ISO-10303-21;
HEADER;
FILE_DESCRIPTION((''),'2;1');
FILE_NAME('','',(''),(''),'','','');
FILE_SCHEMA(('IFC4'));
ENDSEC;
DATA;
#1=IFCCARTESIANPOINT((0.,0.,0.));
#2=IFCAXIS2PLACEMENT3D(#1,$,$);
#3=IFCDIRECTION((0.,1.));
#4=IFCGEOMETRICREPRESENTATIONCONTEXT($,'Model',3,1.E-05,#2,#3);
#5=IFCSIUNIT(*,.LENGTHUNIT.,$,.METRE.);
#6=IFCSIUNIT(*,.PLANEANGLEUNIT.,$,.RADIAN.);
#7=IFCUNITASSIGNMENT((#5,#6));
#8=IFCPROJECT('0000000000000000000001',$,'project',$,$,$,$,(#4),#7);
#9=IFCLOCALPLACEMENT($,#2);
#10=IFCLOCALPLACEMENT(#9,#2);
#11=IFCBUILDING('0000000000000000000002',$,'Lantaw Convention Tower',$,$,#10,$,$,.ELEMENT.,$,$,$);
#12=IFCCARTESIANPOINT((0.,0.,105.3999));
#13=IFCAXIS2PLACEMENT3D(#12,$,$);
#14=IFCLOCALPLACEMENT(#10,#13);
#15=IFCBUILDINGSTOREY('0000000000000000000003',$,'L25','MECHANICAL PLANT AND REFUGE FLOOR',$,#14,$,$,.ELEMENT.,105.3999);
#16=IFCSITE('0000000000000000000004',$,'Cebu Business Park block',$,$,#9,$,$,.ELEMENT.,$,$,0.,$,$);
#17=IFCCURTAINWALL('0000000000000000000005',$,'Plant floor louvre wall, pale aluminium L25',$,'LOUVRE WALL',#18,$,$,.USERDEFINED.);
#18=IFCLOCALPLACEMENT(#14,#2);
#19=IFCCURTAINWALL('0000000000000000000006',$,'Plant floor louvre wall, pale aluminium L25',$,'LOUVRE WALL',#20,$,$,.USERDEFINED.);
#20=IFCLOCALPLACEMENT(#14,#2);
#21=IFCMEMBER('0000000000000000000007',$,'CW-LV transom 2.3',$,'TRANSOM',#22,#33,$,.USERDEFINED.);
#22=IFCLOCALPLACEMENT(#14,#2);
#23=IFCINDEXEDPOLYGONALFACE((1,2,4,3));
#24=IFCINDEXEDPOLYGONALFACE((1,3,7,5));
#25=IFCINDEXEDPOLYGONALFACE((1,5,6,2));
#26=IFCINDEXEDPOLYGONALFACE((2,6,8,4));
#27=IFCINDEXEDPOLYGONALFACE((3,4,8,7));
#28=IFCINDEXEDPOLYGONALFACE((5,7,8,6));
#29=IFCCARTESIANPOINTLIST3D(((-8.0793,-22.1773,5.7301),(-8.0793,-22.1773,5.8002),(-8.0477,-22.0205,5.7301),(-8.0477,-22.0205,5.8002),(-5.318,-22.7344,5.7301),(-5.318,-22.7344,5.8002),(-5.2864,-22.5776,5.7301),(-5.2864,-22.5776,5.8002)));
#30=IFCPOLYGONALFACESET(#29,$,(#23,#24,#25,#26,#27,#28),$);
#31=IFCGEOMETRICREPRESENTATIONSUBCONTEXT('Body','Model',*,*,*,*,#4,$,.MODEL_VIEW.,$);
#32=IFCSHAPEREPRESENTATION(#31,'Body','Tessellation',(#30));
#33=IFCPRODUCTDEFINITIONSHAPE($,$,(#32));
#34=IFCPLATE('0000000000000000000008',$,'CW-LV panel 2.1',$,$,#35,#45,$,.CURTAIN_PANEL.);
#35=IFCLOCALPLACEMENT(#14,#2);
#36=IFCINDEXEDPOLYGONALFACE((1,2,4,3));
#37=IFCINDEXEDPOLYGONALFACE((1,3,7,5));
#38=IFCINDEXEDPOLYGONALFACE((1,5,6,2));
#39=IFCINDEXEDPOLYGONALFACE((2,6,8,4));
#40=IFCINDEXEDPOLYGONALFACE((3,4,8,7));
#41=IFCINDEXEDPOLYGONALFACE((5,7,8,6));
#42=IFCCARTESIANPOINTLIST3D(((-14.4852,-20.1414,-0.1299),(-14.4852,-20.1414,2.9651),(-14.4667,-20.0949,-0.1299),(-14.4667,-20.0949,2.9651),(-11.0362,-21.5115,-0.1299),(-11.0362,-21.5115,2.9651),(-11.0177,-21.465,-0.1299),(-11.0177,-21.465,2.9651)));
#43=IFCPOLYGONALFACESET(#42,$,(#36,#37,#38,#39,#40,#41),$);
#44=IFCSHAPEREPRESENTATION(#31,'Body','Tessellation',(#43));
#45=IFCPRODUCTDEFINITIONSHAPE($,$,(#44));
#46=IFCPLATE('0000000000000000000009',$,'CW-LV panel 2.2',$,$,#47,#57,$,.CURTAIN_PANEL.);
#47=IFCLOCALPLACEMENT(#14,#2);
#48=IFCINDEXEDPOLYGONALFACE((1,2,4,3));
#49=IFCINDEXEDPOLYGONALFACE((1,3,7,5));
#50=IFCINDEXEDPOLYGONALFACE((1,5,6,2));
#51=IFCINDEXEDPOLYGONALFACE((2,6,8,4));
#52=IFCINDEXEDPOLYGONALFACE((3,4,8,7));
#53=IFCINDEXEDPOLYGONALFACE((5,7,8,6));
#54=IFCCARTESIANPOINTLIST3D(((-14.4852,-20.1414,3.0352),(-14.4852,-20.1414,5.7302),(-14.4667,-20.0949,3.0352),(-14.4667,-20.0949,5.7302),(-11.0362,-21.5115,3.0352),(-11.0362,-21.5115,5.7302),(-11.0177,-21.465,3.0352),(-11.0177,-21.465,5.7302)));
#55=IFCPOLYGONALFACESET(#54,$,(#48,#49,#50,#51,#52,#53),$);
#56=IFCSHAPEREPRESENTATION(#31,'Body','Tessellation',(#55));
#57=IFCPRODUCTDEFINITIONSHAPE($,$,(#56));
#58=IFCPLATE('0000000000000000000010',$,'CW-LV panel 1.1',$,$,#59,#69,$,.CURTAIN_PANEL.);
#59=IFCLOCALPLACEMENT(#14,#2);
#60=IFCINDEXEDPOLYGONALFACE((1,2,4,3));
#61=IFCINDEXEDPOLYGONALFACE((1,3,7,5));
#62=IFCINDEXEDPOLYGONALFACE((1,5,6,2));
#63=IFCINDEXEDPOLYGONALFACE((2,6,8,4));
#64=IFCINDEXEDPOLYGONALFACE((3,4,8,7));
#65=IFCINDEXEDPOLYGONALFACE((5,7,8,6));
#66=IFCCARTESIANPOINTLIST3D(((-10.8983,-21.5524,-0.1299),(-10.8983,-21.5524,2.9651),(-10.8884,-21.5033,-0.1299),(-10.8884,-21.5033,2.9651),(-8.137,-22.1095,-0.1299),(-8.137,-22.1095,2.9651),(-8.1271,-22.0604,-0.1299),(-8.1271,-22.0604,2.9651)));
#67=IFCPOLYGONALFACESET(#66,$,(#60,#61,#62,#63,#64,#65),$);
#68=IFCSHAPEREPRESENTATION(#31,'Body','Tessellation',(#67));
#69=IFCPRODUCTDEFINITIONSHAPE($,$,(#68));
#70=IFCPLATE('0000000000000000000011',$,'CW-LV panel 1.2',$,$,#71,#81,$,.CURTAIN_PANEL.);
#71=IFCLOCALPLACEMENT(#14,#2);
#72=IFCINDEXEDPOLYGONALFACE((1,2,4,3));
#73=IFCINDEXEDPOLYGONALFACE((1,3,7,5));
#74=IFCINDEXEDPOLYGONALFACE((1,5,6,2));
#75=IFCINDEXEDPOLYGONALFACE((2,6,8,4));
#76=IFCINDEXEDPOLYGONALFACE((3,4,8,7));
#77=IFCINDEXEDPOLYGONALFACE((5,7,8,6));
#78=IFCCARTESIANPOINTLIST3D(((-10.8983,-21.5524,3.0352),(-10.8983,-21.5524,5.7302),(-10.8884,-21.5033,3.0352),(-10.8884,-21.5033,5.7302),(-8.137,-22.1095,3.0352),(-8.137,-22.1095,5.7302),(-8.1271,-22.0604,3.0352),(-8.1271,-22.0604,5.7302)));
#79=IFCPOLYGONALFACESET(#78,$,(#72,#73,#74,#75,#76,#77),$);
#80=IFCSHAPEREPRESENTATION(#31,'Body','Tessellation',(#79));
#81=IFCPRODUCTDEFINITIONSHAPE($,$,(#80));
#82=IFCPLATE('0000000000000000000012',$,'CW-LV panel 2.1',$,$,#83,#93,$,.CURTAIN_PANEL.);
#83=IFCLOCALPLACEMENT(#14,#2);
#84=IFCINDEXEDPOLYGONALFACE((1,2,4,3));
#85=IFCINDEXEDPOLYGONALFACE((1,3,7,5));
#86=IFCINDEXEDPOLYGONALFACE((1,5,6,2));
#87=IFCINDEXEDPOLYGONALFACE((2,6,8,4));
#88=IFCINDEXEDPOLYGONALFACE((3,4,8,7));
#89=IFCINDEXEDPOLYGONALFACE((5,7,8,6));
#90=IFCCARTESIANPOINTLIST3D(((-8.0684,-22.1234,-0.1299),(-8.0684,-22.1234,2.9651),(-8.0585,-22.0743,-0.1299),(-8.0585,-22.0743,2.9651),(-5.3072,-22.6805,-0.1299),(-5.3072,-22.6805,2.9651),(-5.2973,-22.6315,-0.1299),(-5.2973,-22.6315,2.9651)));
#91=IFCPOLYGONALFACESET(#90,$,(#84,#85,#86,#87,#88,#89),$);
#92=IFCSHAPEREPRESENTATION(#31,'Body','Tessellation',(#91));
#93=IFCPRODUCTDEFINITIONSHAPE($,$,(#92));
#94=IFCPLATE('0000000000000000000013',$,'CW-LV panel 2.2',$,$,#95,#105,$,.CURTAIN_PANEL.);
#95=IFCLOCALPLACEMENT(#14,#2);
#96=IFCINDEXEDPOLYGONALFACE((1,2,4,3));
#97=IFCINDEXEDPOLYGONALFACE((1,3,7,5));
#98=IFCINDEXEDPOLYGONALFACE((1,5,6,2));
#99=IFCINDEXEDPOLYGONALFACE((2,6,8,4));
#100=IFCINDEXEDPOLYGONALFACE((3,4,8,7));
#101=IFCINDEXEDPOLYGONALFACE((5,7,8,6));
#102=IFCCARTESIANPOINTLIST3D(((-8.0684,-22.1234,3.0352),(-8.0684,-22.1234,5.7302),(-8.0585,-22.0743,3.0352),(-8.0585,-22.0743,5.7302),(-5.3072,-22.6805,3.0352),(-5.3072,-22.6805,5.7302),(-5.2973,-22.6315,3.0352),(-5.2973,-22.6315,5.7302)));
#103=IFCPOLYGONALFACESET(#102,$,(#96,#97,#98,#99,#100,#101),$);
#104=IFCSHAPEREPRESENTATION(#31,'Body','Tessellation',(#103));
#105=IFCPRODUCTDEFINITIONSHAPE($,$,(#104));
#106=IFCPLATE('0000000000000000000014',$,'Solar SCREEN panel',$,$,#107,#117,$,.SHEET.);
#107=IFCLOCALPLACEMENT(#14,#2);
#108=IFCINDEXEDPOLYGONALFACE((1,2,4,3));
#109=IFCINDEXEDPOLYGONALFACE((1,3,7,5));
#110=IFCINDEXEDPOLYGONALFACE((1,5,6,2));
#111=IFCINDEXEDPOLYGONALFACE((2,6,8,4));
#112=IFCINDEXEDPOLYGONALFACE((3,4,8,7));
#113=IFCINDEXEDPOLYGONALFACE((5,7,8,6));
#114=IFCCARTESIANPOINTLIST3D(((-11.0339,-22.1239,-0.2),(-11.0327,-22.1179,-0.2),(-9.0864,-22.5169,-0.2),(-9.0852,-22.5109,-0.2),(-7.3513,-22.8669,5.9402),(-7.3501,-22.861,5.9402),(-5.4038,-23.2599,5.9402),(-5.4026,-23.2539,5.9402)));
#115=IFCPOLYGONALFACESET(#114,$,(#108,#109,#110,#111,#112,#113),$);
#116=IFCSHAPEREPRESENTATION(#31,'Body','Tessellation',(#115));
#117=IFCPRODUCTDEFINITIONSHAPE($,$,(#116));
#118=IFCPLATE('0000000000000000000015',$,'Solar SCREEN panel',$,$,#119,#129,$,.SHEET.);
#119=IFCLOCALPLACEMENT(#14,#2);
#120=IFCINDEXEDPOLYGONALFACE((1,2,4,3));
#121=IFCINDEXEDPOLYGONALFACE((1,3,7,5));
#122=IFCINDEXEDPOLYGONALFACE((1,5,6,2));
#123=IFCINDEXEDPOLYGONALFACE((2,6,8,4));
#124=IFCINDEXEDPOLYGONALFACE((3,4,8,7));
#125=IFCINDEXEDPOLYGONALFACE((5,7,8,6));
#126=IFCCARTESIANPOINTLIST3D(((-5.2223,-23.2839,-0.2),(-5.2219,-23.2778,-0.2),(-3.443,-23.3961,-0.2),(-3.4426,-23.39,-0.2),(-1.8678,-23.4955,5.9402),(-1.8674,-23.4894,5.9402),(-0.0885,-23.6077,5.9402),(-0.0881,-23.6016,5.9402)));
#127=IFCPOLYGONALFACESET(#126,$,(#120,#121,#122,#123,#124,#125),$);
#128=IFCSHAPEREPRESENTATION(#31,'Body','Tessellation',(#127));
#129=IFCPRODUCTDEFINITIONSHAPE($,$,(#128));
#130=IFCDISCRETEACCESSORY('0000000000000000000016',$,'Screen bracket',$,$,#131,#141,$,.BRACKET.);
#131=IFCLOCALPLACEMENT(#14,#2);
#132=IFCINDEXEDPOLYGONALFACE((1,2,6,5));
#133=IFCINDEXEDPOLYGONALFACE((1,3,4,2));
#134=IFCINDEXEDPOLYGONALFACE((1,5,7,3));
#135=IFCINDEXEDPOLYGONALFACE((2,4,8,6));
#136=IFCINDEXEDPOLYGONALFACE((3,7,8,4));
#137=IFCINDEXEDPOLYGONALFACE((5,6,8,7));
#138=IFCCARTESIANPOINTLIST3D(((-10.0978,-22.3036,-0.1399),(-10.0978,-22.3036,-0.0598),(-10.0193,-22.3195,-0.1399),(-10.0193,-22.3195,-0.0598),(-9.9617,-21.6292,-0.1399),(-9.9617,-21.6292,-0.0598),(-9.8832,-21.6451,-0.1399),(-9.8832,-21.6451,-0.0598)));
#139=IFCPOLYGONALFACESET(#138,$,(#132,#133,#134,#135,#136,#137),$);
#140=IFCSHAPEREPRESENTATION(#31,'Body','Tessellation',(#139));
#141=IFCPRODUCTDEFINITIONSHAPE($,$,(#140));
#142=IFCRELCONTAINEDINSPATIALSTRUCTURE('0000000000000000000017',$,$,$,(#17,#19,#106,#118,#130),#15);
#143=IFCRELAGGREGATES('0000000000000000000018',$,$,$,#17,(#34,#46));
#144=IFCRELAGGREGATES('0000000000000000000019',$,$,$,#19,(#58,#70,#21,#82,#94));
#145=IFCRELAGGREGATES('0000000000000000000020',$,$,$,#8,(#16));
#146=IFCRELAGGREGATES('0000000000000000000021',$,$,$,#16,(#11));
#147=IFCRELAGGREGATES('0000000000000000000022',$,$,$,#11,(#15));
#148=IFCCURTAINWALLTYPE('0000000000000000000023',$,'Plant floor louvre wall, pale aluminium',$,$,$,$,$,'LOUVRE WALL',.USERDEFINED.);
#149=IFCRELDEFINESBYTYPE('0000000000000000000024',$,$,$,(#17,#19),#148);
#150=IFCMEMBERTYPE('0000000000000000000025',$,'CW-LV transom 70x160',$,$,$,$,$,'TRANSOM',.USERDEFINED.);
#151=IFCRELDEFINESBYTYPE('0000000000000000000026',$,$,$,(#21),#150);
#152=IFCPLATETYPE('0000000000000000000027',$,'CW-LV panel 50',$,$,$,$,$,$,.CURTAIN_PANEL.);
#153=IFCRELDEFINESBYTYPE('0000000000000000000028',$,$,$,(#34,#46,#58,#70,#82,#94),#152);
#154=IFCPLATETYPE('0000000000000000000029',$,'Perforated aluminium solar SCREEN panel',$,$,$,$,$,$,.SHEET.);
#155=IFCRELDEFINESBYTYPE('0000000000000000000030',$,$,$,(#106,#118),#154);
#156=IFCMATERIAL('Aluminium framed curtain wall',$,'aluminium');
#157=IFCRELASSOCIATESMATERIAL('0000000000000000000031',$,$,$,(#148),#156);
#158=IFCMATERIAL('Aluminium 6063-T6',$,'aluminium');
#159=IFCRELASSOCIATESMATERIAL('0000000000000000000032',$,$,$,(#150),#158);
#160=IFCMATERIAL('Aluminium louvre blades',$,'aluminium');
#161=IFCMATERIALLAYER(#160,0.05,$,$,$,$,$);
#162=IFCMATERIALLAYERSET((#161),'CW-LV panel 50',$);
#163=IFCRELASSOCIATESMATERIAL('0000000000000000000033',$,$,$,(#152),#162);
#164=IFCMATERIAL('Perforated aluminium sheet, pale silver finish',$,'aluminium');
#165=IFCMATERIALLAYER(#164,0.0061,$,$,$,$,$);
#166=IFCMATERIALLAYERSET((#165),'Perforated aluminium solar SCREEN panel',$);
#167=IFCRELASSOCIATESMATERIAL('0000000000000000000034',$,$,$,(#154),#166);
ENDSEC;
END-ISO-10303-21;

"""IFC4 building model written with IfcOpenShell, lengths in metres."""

from ifc_helpers import new_model, si_unit, direction, frame, origin, origin_2d, place, context, subcontext, project, spatial, polyline, rectangle, outline, extrude, material, layer, layer_set, material_profile, profile_set, type_object, element, aggregate, save


model = new_model("IFC4")

# Units and contexts
model_context = context("Model", 3, precision=1e-05, world=origin(), true_north=direction((0.0, 1.0)))
body_context = subcontext(model_context, "Body", "Model", "MODEL_VIEW")
ifc_project = project(units=[si_unit("LENGTHUNIT", "METRE"), si_unit("PLANEANGLEUNIT", "RADIAN")], contexts=[model_context])

# Site, building, storey
site_placement = place(None, origin())
site = spatial("IfcSite", under=ifc_project, at=site_placement, Name="Cebu Business Park block", CompositionType="ELEMENT", RefElevation=0.0)
building_placement = place(site_placement, origin())
building = spatial("IfcBuilding", under=site, at=building_placement, Name="Lantaw Convention Tower", CompositionType="ELEMENT")
storey_placement = place(building_placement, frame((0.0, 0.0, 105.3999)))
storey = spatial("IfcBuildingStorey", under=building, at=storey_placement, Name="L25", Description="MECHANICAL PLANT AND REFUGE FLOOR", CompositionType="ELEMENT", Elevation=105.3999)

# Curtain wall
ifc_material_1 = material(Name="Aluminium framed curtain wall", Category="aluminium")
curtain_wall_type = type_object("IfcCurtainWallType", Name="Plant floor louvre wall, pale aluminium", ElementType="LOUVRE WALL", PredefinedType="USERDEFINED", material=ifc_material_1)
curtain_wall_1_placement = place(storey_placement, origin())
curtain_wall_1 = element("IfcCurtainWall", 1, at=curtain_wall_1_placement, inside=storey, type_object=curtain_wall_type, Name="Plant floor louvre wall, pale aluminium L25", ObjectType="LOUVRE WALL", PredefinedType="USERDEFINED")
ifc_material_2 = material(Name="Aluminium 6063-T6", Category="aluminium")

# Curtain wall, member
curtain_wall_2_placement = place(storey_placement, origin())
curtain_wall_2 = element("IfcCurtainWall", 2, at=curtain_wall_2_placement, inside=storey, type_object=curtain_wall_type, Name="Plant floor louvre wall, pale aluminium L25", ObjectType="LOUVRE WALL", PredefinedType="USERDEFINED")
ifc_material_profile_1 = material_profile(ifc_material_2, rectangle(XDim=0.1599, YDim=0.0701, at=origin_2d()), Name="CW-LV transom 70x160")
ifc_profile_set_1 = profile_set([ifc_material_profile_1], Name="Aluminium 6063-T6")
member_type_1 = type_object("IfcMemberType", Name="CW-LV transom 70x160", ElementType="TRANSOM", PredefinedType="USERDEFINED", material=ifc_profile_set_1)
member_1_placement = place(storey_placement, frame((-8.0635, -22.0989, 5.7651), z_axis=(0.980246, -0.197783, 0.0), x_axis=(0.197783, 0.980246, 0.0)))
member_1 = element("IfcMember", 3, at=member_1_placement, type_object=member_type_1, Name="CW-LV transom 2.3", ObjectType="TRANSOM", PredefinedType="USERDEFINED", context=body_context, shape_type="SweptSolid", body=[
    extrude(rectangle(XDim=0.1599, YDim=0.0701, at=origin_2d()), origin(), (0.0, 0.0, 1.0), 2.8169),
])

# Plates
ifc_material_3 = material(Name="Aluminium louvre blades", Category="aluminium")
ifc_layer_1 = layer(ifc_material_3, 0.05)
ifc_layer_set_1 = layer_set([ifc_layer_1], Name="CW-LV panel 50")
plate_type_1 = type_object("IfcPlateType", Name="CW-LV panel 50", PredefinedType="CURTAIN_PANEL", material=ifc_layer_set_1)
plate_1_placement = place(storey_placement, frame((-12.7515, -20.8032, -0.1299), z_axis=(0.0, 0.0, 1.0), x_axis=(0.929361, -0.369172, 0.0)))
plate_1 = element("IfcPlate", 4, at=plate_1_placement, type_object=plate_type_1, Name="CW-LV panel 2.1", PredefinedType="CURTAIN_PANEL", context=body_context, shape_type="SweptSolid", body=[
    extrude(rectangle(XDim=3.7112, YDim=0.05, at=origin_2d()), origin(), (0.0, 0.0, 1.0), 3.095),
])
plate_2_placement = place(storey_placement, frame((-12.7515, -20.8032, 3.0352), z_axis=(0.0, 0.0, 1.0), x_axis=(0.929361, -0.369172, 0.0)))
plate_2 = element("IfcPlate", 5, at=plate_2_placement, type_object=plate_type_1, Name="CW-LV panel 2.2", PredefinedType="CURTAIN_PANEL", context=body_context, shape_type="SweptSolid", body=[
    extrude(rectangle(XDim=3.7112, YDim=0.05, at=origin_2d()), origin(), (0.0, 0.0, 1.0), 2.6951),
])
aggregate(curtain_wall_1, [plate_1, plate_2])
plate_3_placement = place(storey_placement, frame((-9.5127, -21.8064, -0.1299), z_axis=(0.0, 0.0, 1.0), x_axis=(0.980245, -0.197789, 0.0)))
plate_3 = element("IfcPlate", 6, at=plate_3_placement, type_object=plate_type_1, Name="CW-LV panel 1.1", PredefinedType="CURTAIN_PANEL", context=body_context, shape_type="SweptSolid", body=[
    extrude(rectangle(XDim=2.8169, YDim=0.05, at=origin_2d()), origin(), (0.0, 0.0, 1.0), 3.095),
])
plate_4_placement = place(storey_placement, frame((-9.5127, -21.8064, 3.0352), z_axis=(0.0, 0.0, 1.0), x_axis=(0.980245, -0.197789, 0.0)))
plate_4 = element("IfcPlate", 7, at=plate_4_placement, type_object=plate_type_1, Name="CW-LV panel 1.2", PredefinedType="CURTAIN_PANEL", context=body_context, shape_type="SweptSolid", body=[
    extrude(rectangle(XDim=2.8169, YDim=0.05, at=origin_2d()), origin(), (0.0, 0.0, 1.0), 2.6951),
])
plate_5_placement = place(storey_placement, frame((-6.6829, -22.3774, -0.1299), z_axis=(0.0, 0.0, 1.0), x_axis=(0.980245, -0.197789, 0.0)))
plate_5 = element("IfcPlate", 8, at=plate_5_placement, type_object=plate_type_1, Name="CW-LV panel 2.1", PredefinedType="CURTAIN_PANEL", context=body_context, shape_type="SweptSolid", body=[
    extrude(rectangle(XDim=2.8169, YDim=0.05, at=origin_2d()), origin(), (0.0, 0.0, 1.0), 3.095),
])
plate_6_placement = place(storey_placement, frame((-6.6829, -22.3774, 3.0352), z_axis=(0.0, 0.0, 1.0), x_axis=(0.980245, -0.197789, 0.0)))
plate_6 = element("IfcPlate", 9, at=plate_6_placement, type_object=plate_type_1, Name="CW-LV panel 2.2", PredefinedType="CURTAIN_PANEL", context=body_context, shape_type="SweptSolid", body=[
    extrude(rectangle(XDim=2.8169, YDim=0.05, at=origin_2d()), origin(), (0.0, 0.0, 1.0), 2.6951),
])
aggregate(curtain_wall_2, [plate_3, plate_4, member_1, plate_5, plate_6])

# Plates
ifc_material_4 = material(Name="Perforated aluminium sheet, pale silver finish", Category="aluminium")
ifc_layer_2 = layer(ifc_material_4, 0.0061)
ifc_layer_set_2 = layer_set([ifc_layer_2], Name="Perforated aluminium solar SCREEN panel")
plate_type_2 = type_object("IfcPlateType", Name="Perforated aluminium solar SCREEN panel", PredefinedType="SHEET", material=ifc_layer_set_2)
plate_7_placement = place(storey_placement, frame((-11.0327, -22.1179, -0.2), z_axis=(0.197782, 0.980246, 0.000001), x_axis=(0.980246, -0.197782, 0.0)))
element("IfcPlate", 10, at=plate_7_placement, inside=storey, type_object=plate_type_2, Name="Solar SCREEN panel", PredefinedType="SHEET", context=body_context, shape_type="SweptSolid", body=[
    extrude(outline(polyline([(0.0, 0.0), (1.9868, 0.0), (5.7436, -6.1401), (3.7569, -6.1401), (0.0, 0.0)])), origin(), (0.0, 0.0, -1.0), 0.0061),
])
plate_8_placement = place(storey_placement, frame((-5.2219, -23.2778, -0.2), z_axis=(0.062924, 0.998018, 0.000008), x_axis=(0.998018, -0.062924, 0.0)))
element("IfcPlate", 11, at=plate_8_placement, inside=storey, type_object=plate_type_2, Name="Solar SCREEN panel", PredefinedType="SHEET", context=body_context, shape_type="SweptSolid", body=[
    extrude(outline(polyline([(0.0, 0.0), (1.7828, 0.0), (5.144, -6.1401), (3.3612, -6.1401), (0.0, 0.0)])), origin(), (0.0, 0.0, -1.0), 0.0061),
])

# Discrete accessory
discrete_accessory_placement = place(storey_placement, frame((-9.9905, -21.9744, -0.1399), z_axis=(0.0, 0.0, 1.0), x_axis=(0.980245, -0.197789, 0.0)))
element("IfcDiscreteAccessory", 12, at=discrete_accessory_placement, inside=storey, Name="Screen bracket", PredefinedType="BRACKET", context=body_context, shape_type="SweptSolid", body=[
    extrude(rectangle(XDim=0.0801, YDim=0.688, at=origin_2d()), origin(), (0.0, 0.0, 1.0), 0.0801),
])

save(model, "model.ifc")
